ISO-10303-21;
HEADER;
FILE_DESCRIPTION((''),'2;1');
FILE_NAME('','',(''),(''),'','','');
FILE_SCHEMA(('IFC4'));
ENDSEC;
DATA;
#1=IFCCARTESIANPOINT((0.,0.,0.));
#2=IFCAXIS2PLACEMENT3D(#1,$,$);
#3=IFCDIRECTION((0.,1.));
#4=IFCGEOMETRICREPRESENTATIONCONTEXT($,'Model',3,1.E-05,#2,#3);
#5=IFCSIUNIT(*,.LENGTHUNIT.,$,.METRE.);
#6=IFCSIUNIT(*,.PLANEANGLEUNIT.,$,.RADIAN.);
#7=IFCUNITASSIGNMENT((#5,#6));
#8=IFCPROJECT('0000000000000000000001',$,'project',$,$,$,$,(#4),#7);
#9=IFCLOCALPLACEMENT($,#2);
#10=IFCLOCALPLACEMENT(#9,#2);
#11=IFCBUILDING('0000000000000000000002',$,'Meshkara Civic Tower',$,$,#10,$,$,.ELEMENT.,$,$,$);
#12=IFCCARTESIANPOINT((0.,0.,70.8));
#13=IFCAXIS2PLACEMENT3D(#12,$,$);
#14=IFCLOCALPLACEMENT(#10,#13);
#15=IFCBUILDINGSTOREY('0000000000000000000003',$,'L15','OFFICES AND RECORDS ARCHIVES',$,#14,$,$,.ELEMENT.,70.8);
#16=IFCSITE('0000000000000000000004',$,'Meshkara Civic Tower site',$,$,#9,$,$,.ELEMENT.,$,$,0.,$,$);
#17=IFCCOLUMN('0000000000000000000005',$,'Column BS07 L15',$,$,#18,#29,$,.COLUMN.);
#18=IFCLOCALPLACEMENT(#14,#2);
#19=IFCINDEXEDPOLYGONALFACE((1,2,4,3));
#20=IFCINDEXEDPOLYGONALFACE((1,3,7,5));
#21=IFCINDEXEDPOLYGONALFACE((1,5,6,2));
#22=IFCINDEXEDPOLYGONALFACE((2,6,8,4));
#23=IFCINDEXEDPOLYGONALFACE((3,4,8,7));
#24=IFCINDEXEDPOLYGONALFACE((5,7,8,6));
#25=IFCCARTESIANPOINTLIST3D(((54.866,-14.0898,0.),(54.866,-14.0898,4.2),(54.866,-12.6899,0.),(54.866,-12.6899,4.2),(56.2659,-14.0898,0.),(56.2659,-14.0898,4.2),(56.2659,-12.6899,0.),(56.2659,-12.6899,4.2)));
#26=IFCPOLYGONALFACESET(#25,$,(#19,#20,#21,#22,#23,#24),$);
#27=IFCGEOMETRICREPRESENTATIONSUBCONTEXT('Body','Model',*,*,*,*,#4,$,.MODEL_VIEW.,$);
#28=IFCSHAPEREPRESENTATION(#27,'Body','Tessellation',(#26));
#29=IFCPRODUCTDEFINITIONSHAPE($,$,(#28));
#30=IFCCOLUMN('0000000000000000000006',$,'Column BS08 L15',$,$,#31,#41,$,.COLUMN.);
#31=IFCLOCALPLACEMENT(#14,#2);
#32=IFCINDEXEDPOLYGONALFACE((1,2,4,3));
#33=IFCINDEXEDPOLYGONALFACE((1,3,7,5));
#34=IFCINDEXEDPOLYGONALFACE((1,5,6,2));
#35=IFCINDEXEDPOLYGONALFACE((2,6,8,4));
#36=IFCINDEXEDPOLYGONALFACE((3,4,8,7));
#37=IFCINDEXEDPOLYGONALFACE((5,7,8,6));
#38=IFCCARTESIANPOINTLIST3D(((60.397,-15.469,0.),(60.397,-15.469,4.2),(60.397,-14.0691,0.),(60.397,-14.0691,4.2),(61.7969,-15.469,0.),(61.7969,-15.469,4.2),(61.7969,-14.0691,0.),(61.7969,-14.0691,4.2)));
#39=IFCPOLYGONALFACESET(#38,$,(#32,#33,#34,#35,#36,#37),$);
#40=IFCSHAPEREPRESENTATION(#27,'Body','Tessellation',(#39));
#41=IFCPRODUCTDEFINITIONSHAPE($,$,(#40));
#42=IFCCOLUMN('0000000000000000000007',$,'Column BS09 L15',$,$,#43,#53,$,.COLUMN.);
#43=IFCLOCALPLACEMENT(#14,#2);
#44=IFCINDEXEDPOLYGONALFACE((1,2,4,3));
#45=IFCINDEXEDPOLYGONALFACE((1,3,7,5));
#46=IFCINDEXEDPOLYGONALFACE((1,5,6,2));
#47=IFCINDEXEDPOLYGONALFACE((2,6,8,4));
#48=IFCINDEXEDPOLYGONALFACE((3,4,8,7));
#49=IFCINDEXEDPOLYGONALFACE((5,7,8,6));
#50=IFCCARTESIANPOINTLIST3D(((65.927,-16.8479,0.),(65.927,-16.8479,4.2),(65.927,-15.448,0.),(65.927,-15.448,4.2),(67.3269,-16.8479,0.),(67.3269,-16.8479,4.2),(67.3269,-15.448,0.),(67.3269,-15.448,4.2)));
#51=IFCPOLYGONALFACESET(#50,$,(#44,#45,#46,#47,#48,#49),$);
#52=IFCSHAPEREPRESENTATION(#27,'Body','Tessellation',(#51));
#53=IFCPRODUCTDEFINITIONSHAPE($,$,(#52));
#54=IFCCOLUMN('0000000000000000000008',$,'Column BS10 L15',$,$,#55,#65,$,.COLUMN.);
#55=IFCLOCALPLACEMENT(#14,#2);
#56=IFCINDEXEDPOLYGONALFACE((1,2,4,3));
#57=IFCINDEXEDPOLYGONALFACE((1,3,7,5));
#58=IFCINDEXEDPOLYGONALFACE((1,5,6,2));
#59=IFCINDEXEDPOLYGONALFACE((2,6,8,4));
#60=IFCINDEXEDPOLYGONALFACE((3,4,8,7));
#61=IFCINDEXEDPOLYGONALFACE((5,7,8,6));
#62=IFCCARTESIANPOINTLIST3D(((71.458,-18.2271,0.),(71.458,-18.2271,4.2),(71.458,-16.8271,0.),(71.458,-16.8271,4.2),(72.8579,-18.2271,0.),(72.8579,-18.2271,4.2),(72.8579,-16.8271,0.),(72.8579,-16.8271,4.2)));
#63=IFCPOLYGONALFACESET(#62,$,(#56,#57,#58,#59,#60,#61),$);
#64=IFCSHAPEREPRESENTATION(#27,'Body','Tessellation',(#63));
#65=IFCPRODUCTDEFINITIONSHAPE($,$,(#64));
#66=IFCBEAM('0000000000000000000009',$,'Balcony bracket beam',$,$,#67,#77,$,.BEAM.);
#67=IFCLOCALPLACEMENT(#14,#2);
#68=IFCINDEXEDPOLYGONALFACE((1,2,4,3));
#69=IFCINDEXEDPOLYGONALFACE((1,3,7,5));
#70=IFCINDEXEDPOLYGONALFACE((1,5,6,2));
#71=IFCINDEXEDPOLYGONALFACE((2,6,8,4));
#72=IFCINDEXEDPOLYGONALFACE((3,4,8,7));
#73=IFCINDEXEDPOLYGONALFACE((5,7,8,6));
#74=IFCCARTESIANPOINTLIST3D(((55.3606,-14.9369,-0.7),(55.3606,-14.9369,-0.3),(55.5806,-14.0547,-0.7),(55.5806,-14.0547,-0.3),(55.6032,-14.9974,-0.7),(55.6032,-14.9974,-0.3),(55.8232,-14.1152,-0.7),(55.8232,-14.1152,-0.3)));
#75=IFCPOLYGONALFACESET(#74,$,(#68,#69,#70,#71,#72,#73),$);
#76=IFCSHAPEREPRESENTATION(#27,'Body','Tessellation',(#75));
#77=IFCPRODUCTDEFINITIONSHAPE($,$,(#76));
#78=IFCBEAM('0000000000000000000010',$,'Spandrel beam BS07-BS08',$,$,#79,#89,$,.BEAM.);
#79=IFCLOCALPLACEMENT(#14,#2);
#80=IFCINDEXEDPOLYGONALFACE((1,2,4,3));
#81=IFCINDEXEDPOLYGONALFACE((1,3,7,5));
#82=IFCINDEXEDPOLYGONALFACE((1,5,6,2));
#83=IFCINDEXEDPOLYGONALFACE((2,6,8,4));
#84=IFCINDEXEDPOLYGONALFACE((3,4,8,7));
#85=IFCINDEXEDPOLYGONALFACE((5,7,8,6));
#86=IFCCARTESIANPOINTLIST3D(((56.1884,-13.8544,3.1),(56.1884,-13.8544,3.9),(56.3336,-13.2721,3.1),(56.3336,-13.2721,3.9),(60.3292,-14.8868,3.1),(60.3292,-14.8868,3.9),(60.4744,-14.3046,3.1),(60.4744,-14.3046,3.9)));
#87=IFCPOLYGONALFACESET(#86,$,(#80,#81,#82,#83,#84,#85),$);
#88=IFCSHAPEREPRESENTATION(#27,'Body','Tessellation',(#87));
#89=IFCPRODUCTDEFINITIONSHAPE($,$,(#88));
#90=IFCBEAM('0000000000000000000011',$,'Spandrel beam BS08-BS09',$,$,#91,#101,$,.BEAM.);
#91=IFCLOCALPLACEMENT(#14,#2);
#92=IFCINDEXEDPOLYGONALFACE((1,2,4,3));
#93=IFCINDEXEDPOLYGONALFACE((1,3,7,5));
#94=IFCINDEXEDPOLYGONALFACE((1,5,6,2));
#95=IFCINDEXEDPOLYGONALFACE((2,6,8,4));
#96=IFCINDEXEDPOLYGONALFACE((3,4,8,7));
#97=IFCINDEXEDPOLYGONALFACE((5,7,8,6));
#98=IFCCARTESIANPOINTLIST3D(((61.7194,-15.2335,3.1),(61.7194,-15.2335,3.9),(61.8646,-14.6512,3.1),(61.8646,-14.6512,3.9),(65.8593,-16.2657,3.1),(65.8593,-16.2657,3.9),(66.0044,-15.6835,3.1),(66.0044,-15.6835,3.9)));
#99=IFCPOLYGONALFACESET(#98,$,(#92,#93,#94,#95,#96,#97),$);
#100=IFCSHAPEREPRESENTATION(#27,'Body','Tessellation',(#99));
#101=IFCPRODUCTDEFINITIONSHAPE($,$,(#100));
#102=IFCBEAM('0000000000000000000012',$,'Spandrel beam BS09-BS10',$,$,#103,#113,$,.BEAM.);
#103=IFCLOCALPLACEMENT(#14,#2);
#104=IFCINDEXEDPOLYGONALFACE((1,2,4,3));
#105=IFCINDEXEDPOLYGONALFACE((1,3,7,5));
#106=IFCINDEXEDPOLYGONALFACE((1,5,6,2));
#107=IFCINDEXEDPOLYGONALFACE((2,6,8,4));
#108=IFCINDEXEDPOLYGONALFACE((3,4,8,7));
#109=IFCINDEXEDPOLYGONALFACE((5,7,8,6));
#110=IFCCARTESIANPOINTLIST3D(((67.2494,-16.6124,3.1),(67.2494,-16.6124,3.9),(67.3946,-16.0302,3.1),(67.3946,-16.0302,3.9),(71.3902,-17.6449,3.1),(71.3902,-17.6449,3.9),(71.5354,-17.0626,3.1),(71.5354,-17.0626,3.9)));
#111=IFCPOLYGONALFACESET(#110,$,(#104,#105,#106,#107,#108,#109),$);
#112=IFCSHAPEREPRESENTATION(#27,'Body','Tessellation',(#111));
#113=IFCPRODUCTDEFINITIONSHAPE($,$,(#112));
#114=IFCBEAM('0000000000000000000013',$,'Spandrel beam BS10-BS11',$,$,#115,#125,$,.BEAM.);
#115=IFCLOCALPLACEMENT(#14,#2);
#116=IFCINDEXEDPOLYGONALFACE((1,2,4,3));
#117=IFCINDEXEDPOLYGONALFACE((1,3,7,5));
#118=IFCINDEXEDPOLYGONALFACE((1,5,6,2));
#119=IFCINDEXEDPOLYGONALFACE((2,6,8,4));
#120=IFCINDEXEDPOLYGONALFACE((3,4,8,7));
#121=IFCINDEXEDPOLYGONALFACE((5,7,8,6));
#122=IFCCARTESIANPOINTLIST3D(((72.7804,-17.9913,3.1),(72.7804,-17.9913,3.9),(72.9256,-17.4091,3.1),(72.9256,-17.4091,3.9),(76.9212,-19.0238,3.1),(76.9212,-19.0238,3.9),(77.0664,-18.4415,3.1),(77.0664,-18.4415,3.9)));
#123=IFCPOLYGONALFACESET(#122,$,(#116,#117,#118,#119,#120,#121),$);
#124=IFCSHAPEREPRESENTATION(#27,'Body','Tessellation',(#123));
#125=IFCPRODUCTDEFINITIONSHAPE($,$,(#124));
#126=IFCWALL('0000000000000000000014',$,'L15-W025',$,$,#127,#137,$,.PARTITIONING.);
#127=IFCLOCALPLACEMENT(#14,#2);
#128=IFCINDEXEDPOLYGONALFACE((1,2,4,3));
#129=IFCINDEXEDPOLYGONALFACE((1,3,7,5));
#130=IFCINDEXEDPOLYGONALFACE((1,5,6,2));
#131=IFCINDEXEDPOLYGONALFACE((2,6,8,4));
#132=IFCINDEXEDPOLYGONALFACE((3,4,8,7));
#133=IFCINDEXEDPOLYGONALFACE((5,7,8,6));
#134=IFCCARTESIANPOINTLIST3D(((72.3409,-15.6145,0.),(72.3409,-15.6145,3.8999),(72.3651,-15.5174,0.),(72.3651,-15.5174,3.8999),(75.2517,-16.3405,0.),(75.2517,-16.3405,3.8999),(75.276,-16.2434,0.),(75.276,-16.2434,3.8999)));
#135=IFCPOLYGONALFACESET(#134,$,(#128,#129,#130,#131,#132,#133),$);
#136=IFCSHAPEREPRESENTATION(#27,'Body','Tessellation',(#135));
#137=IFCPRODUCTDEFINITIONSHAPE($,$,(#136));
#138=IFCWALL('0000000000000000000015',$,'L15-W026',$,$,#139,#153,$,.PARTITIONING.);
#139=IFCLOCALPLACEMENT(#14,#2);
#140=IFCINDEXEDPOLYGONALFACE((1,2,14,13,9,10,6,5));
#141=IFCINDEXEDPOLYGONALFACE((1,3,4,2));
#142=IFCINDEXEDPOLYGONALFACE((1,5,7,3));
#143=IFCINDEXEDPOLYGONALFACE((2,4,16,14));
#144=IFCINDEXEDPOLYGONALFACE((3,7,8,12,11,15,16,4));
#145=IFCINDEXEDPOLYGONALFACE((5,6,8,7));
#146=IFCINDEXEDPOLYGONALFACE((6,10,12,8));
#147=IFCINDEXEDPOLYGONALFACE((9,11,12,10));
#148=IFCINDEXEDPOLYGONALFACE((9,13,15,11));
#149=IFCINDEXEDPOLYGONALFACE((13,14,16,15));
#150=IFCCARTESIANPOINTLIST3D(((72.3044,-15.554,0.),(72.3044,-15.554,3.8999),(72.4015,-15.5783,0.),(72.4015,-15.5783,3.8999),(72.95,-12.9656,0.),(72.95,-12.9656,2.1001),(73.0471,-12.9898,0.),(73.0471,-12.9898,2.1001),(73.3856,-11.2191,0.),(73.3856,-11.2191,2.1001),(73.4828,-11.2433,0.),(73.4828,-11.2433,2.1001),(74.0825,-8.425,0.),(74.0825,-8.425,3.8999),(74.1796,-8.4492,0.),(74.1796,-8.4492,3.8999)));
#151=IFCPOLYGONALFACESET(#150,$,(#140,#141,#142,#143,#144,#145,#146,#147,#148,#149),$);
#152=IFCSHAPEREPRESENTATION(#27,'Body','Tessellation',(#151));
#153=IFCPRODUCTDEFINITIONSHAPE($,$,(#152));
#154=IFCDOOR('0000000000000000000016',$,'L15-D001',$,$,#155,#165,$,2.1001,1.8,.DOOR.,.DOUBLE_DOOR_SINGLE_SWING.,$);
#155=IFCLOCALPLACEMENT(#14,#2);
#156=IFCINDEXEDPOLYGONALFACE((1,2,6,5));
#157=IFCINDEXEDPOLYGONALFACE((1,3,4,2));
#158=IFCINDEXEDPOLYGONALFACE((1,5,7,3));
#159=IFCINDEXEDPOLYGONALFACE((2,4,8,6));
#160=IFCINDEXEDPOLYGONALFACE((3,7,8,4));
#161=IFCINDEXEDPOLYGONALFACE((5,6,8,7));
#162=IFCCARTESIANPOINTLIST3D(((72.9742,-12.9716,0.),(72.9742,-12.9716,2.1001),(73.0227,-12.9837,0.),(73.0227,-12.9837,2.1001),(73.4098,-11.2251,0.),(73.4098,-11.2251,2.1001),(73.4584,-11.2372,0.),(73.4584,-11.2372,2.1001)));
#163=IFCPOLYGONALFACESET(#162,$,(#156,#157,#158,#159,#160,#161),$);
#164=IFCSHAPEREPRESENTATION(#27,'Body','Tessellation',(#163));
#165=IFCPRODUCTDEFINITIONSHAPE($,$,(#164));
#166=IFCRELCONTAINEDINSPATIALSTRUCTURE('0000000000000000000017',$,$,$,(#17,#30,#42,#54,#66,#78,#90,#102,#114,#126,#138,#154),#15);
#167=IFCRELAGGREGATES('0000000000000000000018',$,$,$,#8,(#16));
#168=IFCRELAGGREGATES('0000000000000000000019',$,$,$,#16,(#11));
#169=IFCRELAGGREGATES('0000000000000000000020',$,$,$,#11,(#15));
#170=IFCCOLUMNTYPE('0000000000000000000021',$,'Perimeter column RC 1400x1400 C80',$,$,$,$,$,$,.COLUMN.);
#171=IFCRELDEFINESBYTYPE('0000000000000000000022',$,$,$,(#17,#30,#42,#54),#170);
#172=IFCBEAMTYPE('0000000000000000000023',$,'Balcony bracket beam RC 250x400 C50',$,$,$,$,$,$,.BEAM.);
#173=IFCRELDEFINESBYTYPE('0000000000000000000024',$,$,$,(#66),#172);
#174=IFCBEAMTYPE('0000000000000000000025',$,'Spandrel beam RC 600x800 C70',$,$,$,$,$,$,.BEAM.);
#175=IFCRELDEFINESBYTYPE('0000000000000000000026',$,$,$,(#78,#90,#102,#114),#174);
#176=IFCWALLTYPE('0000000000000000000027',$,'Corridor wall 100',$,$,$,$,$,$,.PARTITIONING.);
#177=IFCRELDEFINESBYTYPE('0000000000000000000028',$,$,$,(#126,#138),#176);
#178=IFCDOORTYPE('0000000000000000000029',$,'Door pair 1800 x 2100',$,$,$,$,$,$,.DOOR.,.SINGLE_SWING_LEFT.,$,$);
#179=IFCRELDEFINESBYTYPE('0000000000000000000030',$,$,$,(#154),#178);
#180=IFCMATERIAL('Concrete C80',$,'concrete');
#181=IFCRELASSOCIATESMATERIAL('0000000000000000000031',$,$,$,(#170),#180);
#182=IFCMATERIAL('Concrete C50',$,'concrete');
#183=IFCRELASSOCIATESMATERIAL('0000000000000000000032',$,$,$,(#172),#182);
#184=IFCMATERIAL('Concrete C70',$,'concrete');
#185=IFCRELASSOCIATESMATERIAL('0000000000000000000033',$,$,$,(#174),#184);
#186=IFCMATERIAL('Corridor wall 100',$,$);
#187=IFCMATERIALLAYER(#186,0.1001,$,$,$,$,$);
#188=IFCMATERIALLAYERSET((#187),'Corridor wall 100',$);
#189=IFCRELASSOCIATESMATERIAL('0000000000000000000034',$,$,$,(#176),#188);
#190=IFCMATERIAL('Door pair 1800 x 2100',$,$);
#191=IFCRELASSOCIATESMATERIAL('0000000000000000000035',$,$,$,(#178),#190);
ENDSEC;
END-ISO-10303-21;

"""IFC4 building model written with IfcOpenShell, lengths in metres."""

from ifc_helpers import new_model, si_unit, direction, frame, frame_2d, origin, origin_2d, place, context, subcontext, project, spatial, rectangle, extrude, material, layer, layer_set, material_profile, profile_set, type_object, element, fill, save


model = new_model("IFC4")

# Units and contexts
model_context = context("Model", 3, precision=1e-05, world=origin(), true_north=direction((0.0, 1.0)))
body_context = subcontext(model_context, "Body", "Model", "MODEL_VIEW")
ifc_project = project(units=[si_unit("LENGTHUNIT", "METRE"), si_unit("PLANEANGLEUNIT", "RADIAN")], contexts=[model_context])

# Site, building, storey
site_placement = place(None, origin())
site = spatial("IfcSite", under=ifc_project, at=site_placement, Name="Meshkara Civic Tower site", CompositionType="ELEMENT", RefElevation=0.0)
building_placement = place(site_placement, origin())
building = spatial("IfcBuilding", under=site, at=building_placement, Name="Meshkara Civic Tower", CompositionType="ELEMENT")
storey_placement = place(building_placement, frame((0.0, 0.0, 70.8)))
storey = spatial("IfcBuildingStorey", under=building, at=storey_placement, Name="L15", Description="OFFICES AND RECORDS ARCHIVES", CompositionType="ELEMENT", Elevation=70.8)

# Columns
ifc_material_1 = material(Name="Concrete C80", Category="concrete")
ifc_material_profile_1 = material_profile(ifc_material_1, rectangle(XDim=1.3999, YDim=1.3999, at=origin_2d()))
ifc_profile_set_1 = profile_set([ifc_material_profile_1], Name="Concrete C80")
column_type = type_object("IfcColumnType", Name="Perimeter column RC 1400x1400 C80", PredefinedType="COLUMN", material=ifc_profile_set_1)
for number, where, z_axis, x_axis, name in (
    (1, (55.5659, -13.3899, 0.0), (0.0, 0.0, 1.0), (1.0, 0.0, 0.0), "Column BS07 L15"),
    (2, (61.0969, -14.769, 0.0), (0.0, 0.0, 1.0), (1.0, 0.0, 0.0), "Column BS08 L15"),
    (3, (66.627, -16.1479, 0.0), (0.0, 0.0, 1.0), (1.0, 0.0, 0.0), "Column BS09 L15"),
    (4, (72.158, -17.5271, 0.0), (0.0, 0.0, 1.0), (1.0, 0.0, 0.0), "Column BS10 L15"),
):
    element("IfcColumn", number, at=place(storey_placement, frame(where, z_axis=z_axis, x_axis=x_axis)), inside=storey, type_object=column_type, Name=name, PredefinedType="COLUMN", context=body_context, shape_type="SweptSolid", body=[
        extrude(rectangle(XDim=1.3999, YDim=1.3999, at=origin_2d()), origin(), (0.0, 0.0, 1.0), 4.2),
    ])

# Beams
ifc_material_2 = material(Name="Concrete C50", Category="concrete")
ifc_material_profile_2 = material_profile(ifc_material_2, rectangle(XDim=0.25, YDim=0.3999, at=origin_2d()))
ifc_profile_set_2 = profile_set([ifc_material_profile_2], Name="Concrete C50")
beam_type_1 = type_object("IfcBeamType", Name="Balcony bracket beam RC 250x400 C50", PredefinedType="BEAM", material=ifc_profile_set_2)
beam_1_placement = place(storey_placement, frame((55.7019, -14.085, -0.5), z_axis=(-0.241967, -0.970285, 0.0), x_axis=(0.970285, -0.241967, 0.0)))
element("IfcBeam", 5, at=beam_1_placement, inside=storey, type_object=beam_type_1, Name="Balcony bracket beam", PredefinedType="BEAM", context=body_context, shape_type="SweptSolid", body=[
    extrude(rectangle(XDim=0.25, YDim=0.3999, at=origin_2d()), origin(), (0.0, 0.0, 1.0), 0.9092),
])
ifc_material_3 = material(Name="Concrete C70", Category="concrete")
ifc_material_profile_3 = material_profile(ifc_material_3, rectangle(XDim=0.6001, YDim=0.8, at=origin_2d()))
ifc_profile_set_3 = profile_set([ifc_material_profile_3], Name="Concrete C70")
beam_type_2 = type_object("IfcBeamType", Name="Spandrel beam RC 600x800 C70", PredefinedType="BEAM", material=ifc_profile_set_3)
beam_2_placement = place(storey_placement, frame((56.261, -13.5632, 3.5), z_axis=(0.970294, -0.24193, 0.0), x_axis=(0.24193, 0.970294, 0.0)))
element("IfcBeam", 6, at=beam_2_placement, inside=storey, type_object=beam_type_2, Name="Spandrel beam BS07-BS08", PredefinedType="BEAM", context=body_context, shape_type="SweptSolid", body=[
    extrude(rectangle(XDim=0.6001, YDim=0.8, at=origin_2d()), origin(), (0.0, 0.0, 1.0), 4.2676),
])
beam_3_placement = place(storey_placement, frame((61.792, -14.9424, 3.5), z_axis=(0.970294, -0.24193, 0.0), x_axis=(0.24193, 0.970294, 0.0)))
element("IfcBeam", 7, at=beam_3_placement, inside=storey, type_object=beam_type_2, Name="Spandrel beam BS08-BS09", PredefinedType="BEAM", context=body_context, shape_type="SweptSolid", body=[
    extrude(rectangle(XDim=0.6001, YDim=0.8, at=origin_2d()), origin(), (0.0, 0.0, 1.0), 4.2666),
])
for number, where, z_axis, x_axis, name in (
    (8, (67.322, -16.3213, 3.5), (0.970294, -0.24193, 0.0), (0.24193, 0.970294, 0.0), "Spandrel beam BS09-BS10"),
    (9, (72.853, -17.7002, 3.5), (0.970294, -0.24193, 0.0), (0.24193, 0.970294, 0.0), "Spandrel beam BS10-BS11"),
):
    element("IfcBeam", number, at=place(storey_placement, frame(where, z_axis=z_axis, x_axis=x_axis)), inside=storey, type_object=beam_type_2, Name=name, PredefinedType="BEAM", context=body_context, shape_type="SweptSolid", body=[
        extrude(rectangle(XDim=0.6001, YDim=0.8, at=origin_2d()), origin(), (0.0, 0.0, 1.0), 4.2676),
    ])

# Wall
ifc_material_4 = material(Name="Corridor wall 100")
ifc_layer_1 = layer(ifc_material_4, 0.1001)
ifc_layer_set_1 = layer_set([ifc_layer_1], Name="Corridor wall 100")
wall_type_1 = type_object("IfcWallType", Name="Corridor wall 100", PredefinedType="PARTITIONING", material=ifc_layer_set_1)
wall_1_placement = place(storey_placement, frame((72.353, -15.5659, 0.0), z_axis=(0.0, 0.0, 1.0), x_axis=(0.970272, -0.242019, 0.0)))
element("IfcWall", 10, at=wall_1_placement, inside=storey, type_object=wall_type_1, Name="L15-W025", PredefinedType="PARTITIONING", context=body_context, shape_type="SweptSolid", body=[
    extrude(rectangle(XDim=3.0, YDim=0.1001, at=frame_2d((1.5, 0.0))), origin(), (0.0, 0.0, 1.0), 3.8999),
])

# Wall, opening, door
wall_2_placement = place(storey_placement, frame((74.1311, -8.437, 0.0), z_axis=(0.0, 0.0, 1.0), x_axis=(-0.242004, -0.970275, 0.0)))
wall_2 = element("IfcWall", 11, at=wall_2_placement, inside=storey, type_object=wall_type_1, Name="L15-W026", PredefinedType="PARTITIONING", context=body_context, shape_type="SweptSolid", body=[
    extrude(rectangle(XDim=7.3474, YDim=0.1001, at=frame_2d((3.6738, 0.0))), origin(), (0.0, 0.0, 1.0), 3.8999),
])
opening_1_placement = place(wall_2_placement, frame((2.8799, 0.0, 0.0)))
opening_1 = element("IfcOpeningElement", 12, at=opening_1_placement, cuts=wall_2, PredefinedType="OPENING", context=body_context, shape_type="SweptSolid", body=[
    extrude(rectangle(XDim=1.8, YDim=2.1001, at=frame_2d((0.8999, 1.05))), frame((0.0, 0.0601, 0.0), z_axis=(0.0, -1.0, 0.0), x_axis=(1.0, 0.0, 0.0)), (0.0, 0.0, 1.0), 0.1201),
])
ifc_material_5 = material(Name="Door pair 1800 x 2100")
door_type_1 = type_object("IfcDoorType", Name="Door pair 1800 x 2100", OperationType="SINGLE_SWING_LEFT", PredefinedType="DOOR", material=ifc_material_5)
door_1_placement = place(opening_1_placement, origin())
door_1 = element("IfcDoor", 13, at=door_1_placement, inside=storey, type_object=door_type_1, Name="L15-D001", OperationType="DOUBLE_DOOR_SINGLE_SWING", OverallHeight=2.1001, OverallWidth=1.8, PredefinedType="DOOR", context=body_context, shape_type="SweptSolid", body=[
    extrude(rectangle(XDim=1.8, YDim=2.1001, at=frame_2d((0.8999, 1.05))), frame((0.0, 0.0249, 0.0), z_axis=(0.0, -1.0, 0.0), x_axis=(1.0, 0.0, 0.0)), (0.0, 0.0, 1.0), 0.05),
])
fill(opening_1, door_1)

save(model, "model.ifc")
